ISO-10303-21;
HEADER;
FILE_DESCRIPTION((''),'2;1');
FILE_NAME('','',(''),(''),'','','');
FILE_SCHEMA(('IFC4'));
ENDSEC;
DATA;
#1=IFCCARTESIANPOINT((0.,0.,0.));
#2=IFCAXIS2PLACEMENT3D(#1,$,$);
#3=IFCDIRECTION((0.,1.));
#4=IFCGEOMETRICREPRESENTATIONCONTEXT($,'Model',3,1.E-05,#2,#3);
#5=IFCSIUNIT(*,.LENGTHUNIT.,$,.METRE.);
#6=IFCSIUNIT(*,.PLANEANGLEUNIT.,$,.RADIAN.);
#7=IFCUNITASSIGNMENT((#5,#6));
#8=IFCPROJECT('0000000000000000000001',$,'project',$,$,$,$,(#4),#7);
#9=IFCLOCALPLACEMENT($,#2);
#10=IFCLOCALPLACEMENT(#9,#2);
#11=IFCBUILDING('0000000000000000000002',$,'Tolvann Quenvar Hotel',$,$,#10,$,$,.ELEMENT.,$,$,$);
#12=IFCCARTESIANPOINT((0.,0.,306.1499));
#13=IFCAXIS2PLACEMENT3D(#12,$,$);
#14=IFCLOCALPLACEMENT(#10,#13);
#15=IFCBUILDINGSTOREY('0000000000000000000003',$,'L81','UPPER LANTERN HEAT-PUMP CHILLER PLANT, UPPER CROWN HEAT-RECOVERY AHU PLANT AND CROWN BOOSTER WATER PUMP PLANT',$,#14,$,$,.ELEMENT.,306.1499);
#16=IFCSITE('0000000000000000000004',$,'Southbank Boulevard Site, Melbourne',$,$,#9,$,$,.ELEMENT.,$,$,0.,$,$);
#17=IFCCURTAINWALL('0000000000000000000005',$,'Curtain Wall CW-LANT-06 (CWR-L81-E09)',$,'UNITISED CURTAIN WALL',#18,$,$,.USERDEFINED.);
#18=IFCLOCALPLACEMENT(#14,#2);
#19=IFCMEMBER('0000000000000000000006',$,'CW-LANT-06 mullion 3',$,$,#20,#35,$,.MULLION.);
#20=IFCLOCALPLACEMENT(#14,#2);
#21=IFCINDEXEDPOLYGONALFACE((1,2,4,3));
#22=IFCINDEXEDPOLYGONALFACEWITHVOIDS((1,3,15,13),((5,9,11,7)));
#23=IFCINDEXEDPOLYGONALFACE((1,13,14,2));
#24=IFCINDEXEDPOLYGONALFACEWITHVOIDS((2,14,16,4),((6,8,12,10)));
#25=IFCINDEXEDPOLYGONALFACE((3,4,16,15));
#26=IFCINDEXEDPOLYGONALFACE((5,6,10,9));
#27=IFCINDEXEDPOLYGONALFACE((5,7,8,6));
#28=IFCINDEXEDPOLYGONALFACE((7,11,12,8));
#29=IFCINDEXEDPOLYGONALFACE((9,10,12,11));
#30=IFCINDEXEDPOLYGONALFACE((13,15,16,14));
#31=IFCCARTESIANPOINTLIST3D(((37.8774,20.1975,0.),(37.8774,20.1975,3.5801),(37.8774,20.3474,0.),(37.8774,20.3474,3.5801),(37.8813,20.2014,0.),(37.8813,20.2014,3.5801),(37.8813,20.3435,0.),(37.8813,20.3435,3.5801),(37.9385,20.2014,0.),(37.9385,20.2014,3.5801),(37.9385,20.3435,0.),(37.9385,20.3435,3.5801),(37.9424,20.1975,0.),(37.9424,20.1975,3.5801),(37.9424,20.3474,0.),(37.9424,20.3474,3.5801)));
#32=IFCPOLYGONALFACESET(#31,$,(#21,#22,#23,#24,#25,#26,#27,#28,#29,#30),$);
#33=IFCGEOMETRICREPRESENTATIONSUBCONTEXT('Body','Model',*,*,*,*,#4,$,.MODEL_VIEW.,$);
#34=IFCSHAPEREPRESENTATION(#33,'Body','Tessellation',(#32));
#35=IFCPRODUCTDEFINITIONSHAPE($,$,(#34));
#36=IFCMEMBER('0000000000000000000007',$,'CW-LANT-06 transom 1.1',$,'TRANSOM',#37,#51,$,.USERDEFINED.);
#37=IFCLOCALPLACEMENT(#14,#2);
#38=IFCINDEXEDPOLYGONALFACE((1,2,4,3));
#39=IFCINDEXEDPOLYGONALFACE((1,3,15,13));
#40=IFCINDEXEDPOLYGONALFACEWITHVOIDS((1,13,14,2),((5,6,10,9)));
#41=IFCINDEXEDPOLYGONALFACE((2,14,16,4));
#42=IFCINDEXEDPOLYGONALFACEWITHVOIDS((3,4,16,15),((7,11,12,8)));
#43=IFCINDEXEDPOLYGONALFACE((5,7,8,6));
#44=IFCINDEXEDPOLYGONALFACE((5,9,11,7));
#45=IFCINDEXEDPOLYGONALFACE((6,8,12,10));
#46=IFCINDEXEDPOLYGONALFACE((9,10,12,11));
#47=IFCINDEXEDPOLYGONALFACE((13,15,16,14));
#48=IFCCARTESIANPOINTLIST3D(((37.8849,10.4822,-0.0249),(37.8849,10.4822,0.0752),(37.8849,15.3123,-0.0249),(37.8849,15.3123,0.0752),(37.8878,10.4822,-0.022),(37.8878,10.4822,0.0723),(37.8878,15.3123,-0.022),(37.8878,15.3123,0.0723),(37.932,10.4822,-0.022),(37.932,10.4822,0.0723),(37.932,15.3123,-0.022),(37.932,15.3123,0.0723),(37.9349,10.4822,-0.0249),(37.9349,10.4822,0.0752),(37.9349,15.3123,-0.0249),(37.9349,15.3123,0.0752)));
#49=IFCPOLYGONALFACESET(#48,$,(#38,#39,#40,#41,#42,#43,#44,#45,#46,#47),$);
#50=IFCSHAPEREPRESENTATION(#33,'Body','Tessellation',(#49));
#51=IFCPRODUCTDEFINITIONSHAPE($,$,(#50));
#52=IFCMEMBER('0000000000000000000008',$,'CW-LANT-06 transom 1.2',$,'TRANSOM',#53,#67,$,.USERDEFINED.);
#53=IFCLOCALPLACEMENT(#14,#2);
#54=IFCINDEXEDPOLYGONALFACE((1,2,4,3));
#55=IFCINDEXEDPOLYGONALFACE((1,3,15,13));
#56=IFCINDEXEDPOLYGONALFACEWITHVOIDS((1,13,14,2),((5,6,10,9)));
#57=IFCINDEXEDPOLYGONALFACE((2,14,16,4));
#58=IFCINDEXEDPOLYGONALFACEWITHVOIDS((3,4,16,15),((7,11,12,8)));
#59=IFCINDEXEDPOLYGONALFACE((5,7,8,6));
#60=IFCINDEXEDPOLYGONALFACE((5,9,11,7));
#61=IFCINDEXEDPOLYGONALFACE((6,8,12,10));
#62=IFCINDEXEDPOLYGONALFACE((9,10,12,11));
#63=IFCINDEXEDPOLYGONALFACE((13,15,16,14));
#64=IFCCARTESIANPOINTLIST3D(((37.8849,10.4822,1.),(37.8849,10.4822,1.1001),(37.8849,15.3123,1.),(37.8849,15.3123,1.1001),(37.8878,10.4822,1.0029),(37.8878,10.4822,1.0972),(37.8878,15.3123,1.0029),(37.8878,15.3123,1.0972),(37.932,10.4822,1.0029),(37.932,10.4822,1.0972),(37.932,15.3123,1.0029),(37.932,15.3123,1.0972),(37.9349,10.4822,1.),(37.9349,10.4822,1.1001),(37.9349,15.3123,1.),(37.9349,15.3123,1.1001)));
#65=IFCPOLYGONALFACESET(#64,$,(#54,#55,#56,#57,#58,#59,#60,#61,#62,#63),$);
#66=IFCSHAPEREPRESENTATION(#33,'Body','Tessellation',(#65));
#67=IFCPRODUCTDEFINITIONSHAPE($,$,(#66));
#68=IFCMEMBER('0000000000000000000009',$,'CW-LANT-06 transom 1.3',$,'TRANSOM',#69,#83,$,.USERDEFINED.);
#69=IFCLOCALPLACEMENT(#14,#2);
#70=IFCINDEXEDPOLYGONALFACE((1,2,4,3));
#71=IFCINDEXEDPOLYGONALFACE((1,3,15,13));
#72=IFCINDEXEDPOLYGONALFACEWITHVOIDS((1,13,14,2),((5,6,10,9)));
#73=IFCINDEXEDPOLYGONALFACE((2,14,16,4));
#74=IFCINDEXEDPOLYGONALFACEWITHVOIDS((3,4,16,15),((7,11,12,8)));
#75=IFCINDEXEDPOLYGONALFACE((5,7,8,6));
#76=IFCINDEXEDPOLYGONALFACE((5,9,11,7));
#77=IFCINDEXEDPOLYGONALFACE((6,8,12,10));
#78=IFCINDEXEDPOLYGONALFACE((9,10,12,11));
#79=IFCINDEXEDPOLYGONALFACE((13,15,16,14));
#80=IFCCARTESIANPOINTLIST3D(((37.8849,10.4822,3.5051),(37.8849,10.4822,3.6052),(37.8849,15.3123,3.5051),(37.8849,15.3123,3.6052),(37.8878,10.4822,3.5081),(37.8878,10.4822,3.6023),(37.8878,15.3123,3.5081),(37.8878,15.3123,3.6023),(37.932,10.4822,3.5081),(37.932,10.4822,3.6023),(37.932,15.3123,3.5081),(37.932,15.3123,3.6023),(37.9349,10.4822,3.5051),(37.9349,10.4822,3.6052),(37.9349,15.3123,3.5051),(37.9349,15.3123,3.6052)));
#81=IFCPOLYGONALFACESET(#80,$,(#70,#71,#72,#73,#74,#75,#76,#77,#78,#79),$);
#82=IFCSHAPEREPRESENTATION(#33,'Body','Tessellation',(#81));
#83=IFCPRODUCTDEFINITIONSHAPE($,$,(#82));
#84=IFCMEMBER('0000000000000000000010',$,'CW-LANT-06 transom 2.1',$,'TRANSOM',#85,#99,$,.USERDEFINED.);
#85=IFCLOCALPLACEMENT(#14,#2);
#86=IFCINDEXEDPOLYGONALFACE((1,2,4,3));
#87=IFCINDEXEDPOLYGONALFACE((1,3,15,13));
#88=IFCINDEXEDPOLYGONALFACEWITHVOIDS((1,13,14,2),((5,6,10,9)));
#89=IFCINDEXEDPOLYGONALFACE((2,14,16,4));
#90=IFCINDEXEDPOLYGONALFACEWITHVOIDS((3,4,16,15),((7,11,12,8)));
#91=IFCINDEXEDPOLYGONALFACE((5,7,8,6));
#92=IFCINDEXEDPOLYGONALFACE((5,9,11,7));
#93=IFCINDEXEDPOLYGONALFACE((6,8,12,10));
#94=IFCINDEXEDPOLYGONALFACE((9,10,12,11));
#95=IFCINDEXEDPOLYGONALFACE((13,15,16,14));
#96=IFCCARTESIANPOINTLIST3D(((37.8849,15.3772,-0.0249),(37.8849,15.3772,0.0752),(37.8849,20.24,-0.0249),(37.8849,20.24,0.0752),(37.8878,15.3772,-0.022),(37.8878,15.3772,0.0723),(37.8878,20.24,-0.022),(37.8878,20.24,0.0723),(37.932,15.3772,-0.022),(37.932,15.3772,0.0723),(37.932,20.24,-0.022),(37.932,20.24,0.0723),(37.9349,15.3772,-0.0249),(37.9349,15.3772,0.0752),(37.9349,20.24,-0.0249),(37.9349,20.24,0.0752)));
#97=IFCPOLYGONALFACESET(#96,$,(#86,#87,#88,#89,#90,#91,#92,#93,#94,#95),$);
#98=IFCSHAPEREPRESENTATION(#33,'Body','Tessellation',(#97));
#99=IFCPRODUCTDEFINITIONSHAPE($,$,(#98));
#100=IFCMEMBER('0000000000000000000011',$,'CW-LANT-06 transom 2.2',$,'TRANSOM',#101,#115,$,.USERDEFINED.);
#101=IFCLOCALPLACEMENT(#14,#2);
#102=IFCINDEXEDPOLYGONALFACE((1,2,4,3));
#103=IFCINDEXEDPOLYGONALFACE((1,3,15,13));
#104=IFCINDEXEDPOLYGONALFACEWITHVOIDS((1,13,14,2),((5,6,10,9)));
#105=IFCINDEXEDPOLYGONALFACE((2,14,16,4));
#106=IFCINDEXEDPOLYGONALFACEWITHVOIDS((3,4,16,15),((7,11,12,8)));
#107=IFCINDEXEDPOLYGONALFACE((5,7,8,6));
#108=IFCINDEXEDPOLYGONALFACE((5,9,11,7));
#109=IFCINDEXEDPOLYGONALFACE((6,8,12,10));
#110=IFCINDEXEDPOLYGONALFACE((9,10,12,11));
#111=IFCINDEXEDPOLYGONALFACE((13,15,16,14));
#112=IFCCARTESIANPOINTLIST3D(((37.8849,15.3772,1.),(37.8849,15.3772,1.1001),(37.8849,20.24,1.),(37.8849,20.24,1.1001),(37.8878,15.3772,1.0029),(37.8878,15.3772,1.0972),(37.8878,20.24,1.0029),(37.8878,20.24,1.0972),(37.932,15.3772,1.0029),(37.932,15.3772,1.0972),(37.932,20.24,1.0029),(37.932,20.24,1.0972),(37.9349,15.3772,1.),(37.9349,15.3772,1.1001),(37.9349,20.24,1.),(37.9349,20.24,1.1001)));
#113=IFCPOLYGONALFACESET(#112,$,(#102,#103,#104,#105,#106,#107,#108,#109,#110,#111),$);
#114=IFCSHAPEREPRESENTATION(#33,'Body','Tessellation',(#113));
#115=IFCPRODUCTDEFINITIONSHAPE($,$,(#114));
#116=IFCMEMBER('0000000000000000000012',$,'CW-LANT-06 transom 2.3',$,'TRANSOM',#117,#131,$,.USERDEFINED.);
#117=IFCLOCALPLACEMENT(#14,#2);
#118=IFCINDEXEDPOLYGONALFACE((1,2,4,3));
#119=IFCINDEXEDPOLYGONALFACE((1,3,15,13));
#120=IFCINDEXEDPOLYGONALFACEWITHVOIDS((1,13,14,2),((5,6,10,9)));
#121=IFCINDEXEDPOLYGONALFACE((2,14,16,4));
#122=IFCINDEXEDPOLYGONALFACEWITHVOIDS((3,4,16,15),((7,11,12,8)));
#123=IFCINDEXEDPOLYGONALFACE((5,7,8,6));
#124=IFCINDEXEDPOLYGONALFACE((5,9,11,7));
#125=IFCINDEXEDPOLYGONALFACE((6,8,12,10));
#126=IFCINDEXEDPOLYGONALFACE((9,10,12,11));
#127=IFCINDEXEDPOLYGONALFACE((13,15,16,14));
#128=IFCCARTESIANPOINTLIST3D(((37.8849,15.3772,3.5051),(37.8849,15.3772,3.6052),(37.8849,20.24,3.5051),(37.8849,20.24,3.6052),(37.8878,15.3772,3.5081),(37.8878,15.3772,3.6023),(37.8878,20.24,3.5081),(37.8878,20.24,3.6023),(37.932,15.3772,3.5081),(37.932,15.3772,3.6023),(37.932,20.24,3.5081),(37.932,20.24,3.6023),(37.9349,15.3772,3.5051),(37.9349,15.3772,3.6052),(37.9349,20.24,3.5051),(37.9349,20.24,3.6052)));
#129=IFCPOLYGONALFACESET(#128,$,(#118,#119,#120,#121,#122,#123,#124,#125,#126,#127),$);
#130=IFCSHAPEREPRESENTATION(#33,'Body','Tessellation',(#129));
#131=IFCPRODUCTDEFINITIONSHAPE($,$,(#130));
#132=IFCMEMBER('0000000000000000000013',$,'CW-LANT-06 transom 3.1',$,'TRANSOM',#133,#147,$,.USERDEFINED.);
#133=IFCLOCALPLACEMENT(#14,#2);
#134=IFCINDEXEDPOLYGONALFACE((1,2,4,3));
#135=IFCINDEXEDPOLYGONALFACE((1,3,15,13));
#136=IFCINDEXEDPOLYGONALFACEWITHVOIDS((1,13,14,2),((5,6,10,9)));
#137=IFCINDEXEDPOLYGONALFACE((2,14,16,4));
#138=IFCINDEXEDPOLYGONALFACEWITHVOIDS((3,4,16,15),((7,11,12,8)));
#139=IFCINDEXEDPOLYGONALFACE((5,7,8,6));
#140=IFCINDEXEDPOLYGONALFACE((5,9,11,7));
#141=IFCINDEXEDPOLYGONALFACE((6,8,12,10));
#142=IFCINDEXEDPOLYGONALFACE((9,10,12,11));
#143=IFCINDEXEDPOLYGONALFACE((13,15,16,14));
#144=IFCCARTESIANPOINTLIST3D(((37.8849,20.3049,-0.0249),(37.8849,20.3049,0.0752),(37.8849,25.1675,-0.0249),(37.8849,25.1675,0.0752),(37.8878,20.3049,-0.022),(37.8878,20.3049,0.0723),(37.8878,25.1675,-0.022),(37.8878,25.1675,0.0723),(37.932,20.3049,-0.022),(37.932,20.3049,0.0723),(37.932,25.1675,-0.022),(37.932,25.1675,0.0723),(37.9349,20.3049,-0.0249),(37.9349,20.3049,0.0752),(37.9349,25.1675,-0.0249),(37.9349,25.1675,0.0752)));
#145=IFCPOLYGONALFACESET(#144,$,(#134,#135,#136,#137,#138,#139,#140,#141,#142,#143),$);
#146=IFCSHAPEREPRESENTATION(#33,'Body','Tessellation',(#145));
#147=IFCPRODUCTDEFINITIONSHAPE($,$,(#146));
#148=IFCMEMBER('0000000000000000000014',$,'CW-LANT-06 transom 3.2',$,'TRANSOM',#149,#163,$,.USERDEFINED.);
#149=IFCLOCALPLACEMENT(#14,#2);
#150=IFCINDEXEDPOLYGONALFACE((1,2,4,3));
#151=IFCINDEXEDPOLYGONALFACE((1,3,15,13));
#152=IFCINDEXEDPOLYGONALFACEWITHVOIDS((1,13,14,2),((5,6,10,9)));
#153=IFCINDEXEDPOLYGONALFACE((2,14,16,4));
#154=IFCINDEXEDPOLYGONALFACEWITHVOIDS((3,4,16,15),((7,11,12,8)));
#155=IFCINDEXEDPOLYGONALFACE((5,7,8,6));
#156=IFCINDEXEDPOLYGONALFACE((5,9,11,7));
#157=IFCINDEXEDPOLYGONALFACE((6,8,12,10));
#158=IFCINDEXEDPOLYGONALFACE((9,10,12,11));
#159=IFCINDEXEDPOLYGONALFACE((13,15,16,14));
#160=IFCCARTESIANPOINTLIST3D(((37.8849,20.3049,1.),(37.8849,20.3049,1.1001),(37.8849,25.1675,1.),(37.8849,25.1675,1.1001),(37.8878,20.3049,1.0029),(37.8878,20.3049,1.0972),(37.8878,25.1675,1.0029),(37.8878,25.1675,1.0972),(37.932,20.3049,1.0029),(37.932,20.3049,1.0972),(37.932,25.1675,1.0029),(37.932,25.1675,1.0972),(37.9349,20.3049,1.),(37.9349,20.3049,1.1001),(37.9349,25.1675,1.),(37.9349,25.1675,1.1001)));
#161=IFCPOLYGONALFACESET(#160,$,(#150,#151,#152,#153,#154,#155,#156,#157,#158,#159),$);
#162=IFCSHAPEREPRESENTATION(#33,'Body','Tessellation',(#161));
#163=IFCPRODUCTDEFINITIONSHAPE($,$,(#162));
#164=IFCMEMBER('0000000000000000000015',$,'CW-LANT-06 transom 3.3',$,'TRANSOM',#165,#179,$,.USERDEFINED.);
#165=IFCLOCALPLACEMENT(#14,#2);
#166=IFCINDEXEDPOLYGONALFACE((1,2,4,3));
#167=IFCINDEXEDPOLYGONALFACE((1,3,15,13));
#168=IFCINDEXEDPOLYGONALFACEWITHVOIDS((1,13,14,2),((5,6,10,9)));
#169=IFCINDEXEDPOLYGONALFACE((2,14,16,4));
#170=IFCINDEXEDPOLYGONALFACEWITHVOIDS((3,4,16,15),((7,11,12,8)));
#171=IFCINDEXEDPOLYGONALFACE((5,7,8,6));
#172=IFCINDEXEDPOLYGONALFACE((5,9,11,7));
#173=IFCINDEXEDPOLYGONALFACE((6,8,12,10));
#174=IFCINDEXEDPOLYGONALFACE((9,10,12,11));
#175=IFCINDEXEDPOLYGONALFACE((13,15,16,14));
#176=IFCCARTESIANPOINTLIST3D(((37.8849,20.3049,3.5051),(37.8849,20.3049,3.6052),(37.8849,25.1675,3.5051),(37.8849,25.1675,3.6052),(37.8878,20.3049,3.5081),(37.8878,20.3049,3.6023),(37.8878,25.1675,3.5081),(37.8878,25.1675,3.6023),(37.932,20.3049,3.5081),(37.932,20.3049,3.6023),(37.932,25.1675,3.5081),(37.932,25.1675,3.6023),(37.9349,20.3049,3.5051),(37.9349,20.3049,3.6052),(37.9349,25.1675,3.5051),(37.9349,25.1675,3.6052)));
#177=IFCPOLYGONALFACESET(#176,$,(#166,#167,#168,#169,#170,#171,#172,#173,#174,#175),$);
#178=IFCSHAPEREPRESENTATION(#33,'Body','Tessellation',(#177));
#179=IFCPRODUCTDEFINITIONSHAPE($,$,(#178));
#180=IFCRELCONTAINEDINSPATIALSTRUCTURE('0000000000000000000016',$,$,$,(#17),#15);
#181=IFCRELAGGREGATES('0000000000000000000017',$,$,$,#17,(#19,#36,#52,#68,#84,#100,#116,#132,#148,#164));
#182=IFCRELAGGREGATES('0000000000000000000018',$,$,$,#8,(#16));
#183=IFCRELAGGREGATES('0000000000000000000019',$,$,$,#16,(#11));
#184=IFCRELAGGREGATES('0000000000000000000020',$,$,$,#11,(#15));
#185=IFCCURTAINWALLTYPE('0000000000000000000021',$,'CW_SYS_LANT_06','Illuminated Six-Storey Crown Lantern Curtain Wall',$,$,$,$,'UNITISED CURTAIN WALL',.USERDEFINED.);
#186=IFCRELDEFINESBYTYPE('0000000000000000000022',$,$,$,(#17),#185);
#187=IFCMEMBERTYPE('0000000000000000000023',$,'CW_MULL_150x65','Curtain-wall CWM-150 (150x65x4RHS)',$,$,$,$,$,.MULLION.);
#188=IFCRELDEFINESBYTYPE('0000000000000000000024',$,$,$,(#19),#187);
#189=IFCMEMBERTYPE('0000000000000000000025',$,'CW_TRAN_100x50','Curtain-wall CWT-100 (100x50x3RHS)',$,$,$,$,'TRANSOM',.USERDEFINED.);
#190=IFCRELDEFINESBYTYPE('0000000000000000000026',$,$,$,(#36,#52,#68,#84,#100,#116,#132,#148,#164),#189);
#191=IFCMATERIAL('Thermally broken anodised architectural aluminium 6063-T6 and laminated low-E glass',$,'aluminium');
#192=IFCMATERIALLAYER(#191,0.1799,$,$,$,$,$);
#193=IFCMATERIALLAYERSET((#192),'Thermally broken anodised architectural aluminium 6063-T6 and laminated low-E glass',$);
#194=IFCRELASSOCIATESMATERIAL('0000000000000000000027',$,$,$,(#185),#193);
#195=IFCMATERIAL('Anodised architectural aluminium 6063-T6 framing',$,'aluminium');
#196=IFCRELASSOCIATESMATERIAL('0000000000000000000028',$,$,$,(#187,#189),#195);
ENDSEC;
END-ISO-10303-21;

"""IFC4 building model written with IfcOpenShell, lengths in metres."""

from ifc_helpers import new_model, si_unit, direction, frame, origin, origin_2d, place, context, subcontext, project, spatial, hollow_rectangle, extrude, source, transform, mapped, material, layer, layer_set, material_profile, profile_set, type_object, type_shapes, element, aggregate, save


model = new_model("IFC4")

# Units and contexts
model_context = context("Model", 3, precision=1e-05, world=origin(), true_north=direction((0.0, 1.0)))
body_context = subcontext(model_context, "Body", "Model", "MODEL_VIEW")
ifc_project = project(units=[si_unit("LENGTHUNIT", "METRE"), si_unit("PLANEANGLEUNIT", "RADIAN")], contexts=[model_context])

# Site, building, storey
site_placement = place(None, origin())
site = spatial("IfcSite", under=ifc_project, at=site_placement, Name="Southbank Boulevard Site, Melbourne", CompositionType="ELEMENT", RefElevation=0.0)
building_placement = place(site_placement, origin())
building = spatial("IfcBuilding", under=site, at=building_placement, Name="Tolvann Quenvar Hotel", CompositionType="ELEMENT")
storey_placement = place(building_placement, frame((0.0, 0.0, 306.1499)))
storey = spatial("IfcBuildingStorey", under=building, at=storey_placement, Name="L81", Description="UPPER LANTERN HEAT-PUMP CHILLER PLANT, UPPER CROWN HEAT-RECOVERY AHU PLANT AND CROWN BOOSTER WATER PUMP PLANT", CompositionType="ELEMENT", Elevation=306.1499)

# Shared definitions
ifc_material_1 = material(Name="Thermally broken anodised architectural aluminium 6063-T6 and laminated low-E glass", Category="aluminium")
ifc_layer_1 = layer(ifc_material_1, 0.1799)
ifc_layer_set_1 = layer_set([ifc_layer_1], Name="Thermally broken anodised architectural aluminium 6063-T6 and laminated low-E glass")
curtain_wall_type = type_object("IfcCurtainWallType", Name="CW_SYS_LANT_06", Description="Illuminated Six-Storey Crown Lantern Curtain Wall", ElementType="UNITISED CURTAIN WALL", PredefinedType="USERDEFINED", material=ifc_layer_set_1)
ifc_material_2 = material(Name="Anodised architectural aluminium 6063-T6 framing", Category="aluminium")
ifc_material_profile_1 = material_profile(ifc_material_2, hollow_rectangle(XDim=0.0649, YDim=0.1499, WallThickness=0.0039, at=origin_2d()), Name="150x65x4RHS")
ifc_profile_set_1 = profile_set([ifc_material_profile_1], Name="Anodised architectural aluminium 6063-T6 framing")
member_type_1 = type_object("IfcMemberType", Name="CW_MULL_150x65", Description="Curtain-wall CWM-150 (150x65x4RHS)", PredefinedType="MULLION", material=ifc_profile_set_1)
shared_shape_1 = source(origin(), body_context, "Body", "SweptSolid", [
    extrude(hollow_rectangle(XDim=0.0649, YDim=0.1499, WallThickness=0.0039, at=origin_2d()), origin(), (0.0, 0.0, 1.0), 3.5801),
])
type_shapes(member_type_1, [shared_shape_1])

# Curtain wall, members
curtain_wall_1_placement = place(storey_placement, origin())
curtain_wall_1 = element("IfcCurtainWall", 1, at=curtain_wall_1_placement, inside=storey, type_object=curtain_wall_type, Name="Curtain Wall CW-LANT-06 (CWR-L81-E09)", ObjectType="UNITISED CURTAIN WALL", PredefinedType="USERDEFINED")
member_1_placement = place(storey_placement, frame((37.9099, 20.2725, 0.0), z_axis=(0.0, 0.0, 1.0), x_axis=(-1.0, 0.0, 0.0)))
member_1 = element("IfcMember", 2, at=member_1_placement, type_object=member_type_1, Name="CW-LANT-06 mullion 3", PredefinedType="MULLION", context=body_context, shape_type="MappedRepresentation", body=[
    mapped(shared_shape_1, transform((0.0, 0.0, 0.0), x_axis=(1.0, 0.0, 0.0), y_axis=(0.0, 1.0, 0.0), z_axis=(0.0, 0.0, 1.0), scale=1.0)),
])
ifc_material_profile_2 = material_profile(ifc_material_2, hollow_rectangle(XDim=0.05, YDim=0.1001, WallThickness=0.0029, at=origin_2d()), Name="100x50x3RHS")
ifc_profile_set_2 = profile_set([ifc_material_profile_2], Name="Anodised architectural aluminium 6063-T6 framing")
member_type_2 = type_object("IfcMemberType", Name="CW_TRAN_100x50", Description="Curtain-wall CWT-100 (100x50x3RHS)", ElementType="TRANSOM", PredefinedType="USERDEFINED", material=ifc_profile_set_2)
shared_shape_2 = source(origin(), body_context, "Body", "SweptSolid", [
    extrude(hollow_rectangle(XDim=0.05, YDim=0.1001, WallThickness=0.0029, at=origin_2d()), origin(), (0.0, 0.0, 1.0), 4.8301),
])
member_2_placement = place(storey_placement, frame((37.9099, 10.4822, 0.0251), z_axis=(0.0, 1.0, 0.0), x_axis=(-1.0, 0.0, 0.0)))
member_2 = element("IfcMember", 3, at=member_2_placement, type_object=member_type_2, Name="CW-LANT-06 transom 1.1", ObjectType="TRANSOM", PredefinedType="USERDEFINED", context=body_context, shape_type="MappedRepresentation", body=[
    mapped(shared_shape_2, transform((0.0, 0.0, 0.0), x_axis=(1.0, 0.0, 0.0), y_axis=(0.0, 1.0, 0.0), z_axis=(0.0, 0.0, 1.0), scale=1.0)),
])
member_3_placement = place(storey_placement, frame((37.9099, 10.4822, 1.05), z_axis=(0.0, 1.0, 0.0), x_axis=(-1.0, 0.0, 0.0)))
member_3 = element("IfcMember", 4, at=member_3_placement, type_object=member_type_2, Name="CW-LANT-06 transom 1.2", ObjectType="TRANSOM", PredefinedType="USERDEFINED", context=body_context, shape_type="MappedRepresentation", body=[
    mapped(shared_shape_2, transform((0.0, 0.0, 0.0), x_axis=(1.0, 0.0, 0.0), y_axis=(0.0, 1.0, 0.0), z_axis=(0.0, 0.0, 1.0), scale=1.0)),
])
member_4_placement = place(storey_placement, frame((37.9099, 10.4822, 3.5552), z_axis=(0.0, 1.0, 0.0), x_axis=(-1.0, 0.0, 0.0)))
member_4 = element("IfcMember", 5, at=member_4_placement, type_object=member_type_2, Name="CW-LANT-06 transom 1.3", ObjectType="TRANSOM", PredefinedType="USERDEFINED", context=body_context, shape_type="MappedRepresentation", body=[
    mapped(shared_shape_2, transform((0.0, 0.0, 0.0), x_axis=(1.0, 0.0, 0.0), y_axis=(0.0, 1.0, 0.0), z_axis=(0.0, 0.0, 1.0), scale=1.0)),
])
shared_shape_3 = source(origin(), body_context, "Body", "SweptSolid", [
    extrude(hollow_rectangle(XDim=0.05, YDim=0.1001, WallThickness=0.0029, at=origin_2d()), origin(), (0.0, 0.0, 1.0), 4.8628),
])
member_5_placement = place(storey_placement, frame((37.9099, 15.3772, 0.0251), z_axis=(0.0, 1.0, 0.0), x_axis=(-1.0, 0.0, 0.0)))
member_5 = element("IfcMember", 6, at=member_5_placement, type_object=member_type_2, Name="CW-LANT-06 transom 2.1", ObjectType="TRANSOM", PredefinedType="USERDEFINED", context=body_context, shape_type="MappedRepresentation", body=[
    mapped(shared_shape_3, transform((0.0, 0.0, 0.0), x_axis=(1.0, 0.0, 0.0), y_axis=(0.0, 1.0, 0.0), z_axis=(0.0, 0.0, 1.0), scale=1.0)),
])
member_6_placement = place(storey_placement, frame((37.9099, 15.3772, 1.05), z_axis=(0.0, 1.0, 0.0), x_axis=(-1.0, 0.0, 0.0)))
member_6 = element("IfcMember", 7, at=member_6_placement, type_object=member_type_2, Name="CW-LANT-06 transom 2.2", ObjectType="TRANSOM", PredefinedType="USERDEFINED", context=body_context, shape_type="MappedRepresentation", body=[
    mapped(shared_shape_3, transform((0.0, 0.0, 0.0), x_axis=(1.0, 0.0, 0.0), y_axis=(0.0, 1.0, 0.0), z_axis=(0.0, 0.0, 1.0), scale=1.0)),
])
member_7_placement = place(storey_placement, frame((37.9099, 15.3772, 3.5552), z_axis=(0.0, 1.0, 0.0), x_axis=(-1.0, 0.0, 0.0)))
member_7 = element("IfcMember", 8, at=member_7_placement, type_object=member_type_2, Name="CW-LANT-06 transom 2.3", ObjectType="TRANSOM", PredefinedType="USERDEFINED", context=body_context, shape_type="MappedRepresentation", body=[
    mapped(shared_shape_3, transform((0.0, 0.0, 0.0), x_axis=(1.0, 0.0, 0.0), y_axis=(0.0, 1.0, 0.0), z_axis=(0.0, 0.0, 1.0), scale=1.0)),
])
shared_shape_4 = source(origin(), body_context, "Body", "SweptSolid", [
    extrude(hollow_rectangle(XDim=0.05, YDim=0.1001, WallThickness=0.0029, at=origin_2d()), origin(), (0.0, 0.0, 1.0), 4.8625),
])
type_shapes(member_type_2, [shared_shape_2, shared_shape_3, shared_shape_4])
member_8_placement = place(storey_placement, frame((37.9099, 20.3049, 0.0251), z_axis=(0.0, 1.0, 0.0), x_axis=(-1.0, 0.0, 0.0)))
member_8 = element("IfcMember", 9, at=member_8_placement, type_object=member_type_2, Name="CW-LANT-06 transom 3.1", ObjectType="TRANSOM", PredefinedType="USERDEFINED", context=body_context, shape_type="MappedRepresentation", body=[
    mapped(shared_shape_4, transform((0.0, 0.0, 0.0), x_axis=(1.0, 0.0, 0.0), y_axis=(0.0, 1.0, 0.0), z_axis=(0.0, 0.0, 1.0), scale=1.0)),
])
member_9_placement = place(storey_placement, frame((37.9099, 20.3049, 1.05), z_axis=(0.0, 1.0, 0.0), x_axis=(-1.0, 0.0, 0.0)))
member_9 = element("IfcMember", 10, at=member_9_placement, type_object=member_type_2, Name="CW-LANT-06 transom 3.2", ObjectType="TRANSOM", PredefinedType="USERDEFINED", context=body_context, shape_type="MappedRepresentation", body=[
    mapped(shared_shape_4, transform((0.0, 0.0, 0.0), x_axis=(1.0, 0.0, 0.0), y_axis=(0.0, 1.0, 0.0), z_axis=(0.0, 0.0, 1.0), scale=1.0)),
])
member_10_placement = place(storey_placement, frame((37.9099, 20.3049, 3.5552), z_axis=(0.0, 1.0, 0.0), x_axis=(-1.0, 0.0, 0.0)))
member_10 = element("IfcMember", 11, at=member_10_placement, type_object=member_type_2, Name="CW-LANT-06 transom 3.3", ObjectType="TRANSOM", PredefinedType="USERDEFINED", context=body_context, shape_type="MappedRepresentation", body=[
    mapped(shared_shape_4, transform((0.0, 0.0, 0.0), x_axis=(1.0, 0.0, 0.0), y_axis=(0.0, 1.0, 0.0), z_axis=(0.0, 0.0, 1.0), scale=1.0)),
])

aggregate(curtain_wall_1, [member_1, member_2, member_3, member_4, member_5, member_6, member_7, member_8, member_9, member_10])

save(model, "model.ifc")
